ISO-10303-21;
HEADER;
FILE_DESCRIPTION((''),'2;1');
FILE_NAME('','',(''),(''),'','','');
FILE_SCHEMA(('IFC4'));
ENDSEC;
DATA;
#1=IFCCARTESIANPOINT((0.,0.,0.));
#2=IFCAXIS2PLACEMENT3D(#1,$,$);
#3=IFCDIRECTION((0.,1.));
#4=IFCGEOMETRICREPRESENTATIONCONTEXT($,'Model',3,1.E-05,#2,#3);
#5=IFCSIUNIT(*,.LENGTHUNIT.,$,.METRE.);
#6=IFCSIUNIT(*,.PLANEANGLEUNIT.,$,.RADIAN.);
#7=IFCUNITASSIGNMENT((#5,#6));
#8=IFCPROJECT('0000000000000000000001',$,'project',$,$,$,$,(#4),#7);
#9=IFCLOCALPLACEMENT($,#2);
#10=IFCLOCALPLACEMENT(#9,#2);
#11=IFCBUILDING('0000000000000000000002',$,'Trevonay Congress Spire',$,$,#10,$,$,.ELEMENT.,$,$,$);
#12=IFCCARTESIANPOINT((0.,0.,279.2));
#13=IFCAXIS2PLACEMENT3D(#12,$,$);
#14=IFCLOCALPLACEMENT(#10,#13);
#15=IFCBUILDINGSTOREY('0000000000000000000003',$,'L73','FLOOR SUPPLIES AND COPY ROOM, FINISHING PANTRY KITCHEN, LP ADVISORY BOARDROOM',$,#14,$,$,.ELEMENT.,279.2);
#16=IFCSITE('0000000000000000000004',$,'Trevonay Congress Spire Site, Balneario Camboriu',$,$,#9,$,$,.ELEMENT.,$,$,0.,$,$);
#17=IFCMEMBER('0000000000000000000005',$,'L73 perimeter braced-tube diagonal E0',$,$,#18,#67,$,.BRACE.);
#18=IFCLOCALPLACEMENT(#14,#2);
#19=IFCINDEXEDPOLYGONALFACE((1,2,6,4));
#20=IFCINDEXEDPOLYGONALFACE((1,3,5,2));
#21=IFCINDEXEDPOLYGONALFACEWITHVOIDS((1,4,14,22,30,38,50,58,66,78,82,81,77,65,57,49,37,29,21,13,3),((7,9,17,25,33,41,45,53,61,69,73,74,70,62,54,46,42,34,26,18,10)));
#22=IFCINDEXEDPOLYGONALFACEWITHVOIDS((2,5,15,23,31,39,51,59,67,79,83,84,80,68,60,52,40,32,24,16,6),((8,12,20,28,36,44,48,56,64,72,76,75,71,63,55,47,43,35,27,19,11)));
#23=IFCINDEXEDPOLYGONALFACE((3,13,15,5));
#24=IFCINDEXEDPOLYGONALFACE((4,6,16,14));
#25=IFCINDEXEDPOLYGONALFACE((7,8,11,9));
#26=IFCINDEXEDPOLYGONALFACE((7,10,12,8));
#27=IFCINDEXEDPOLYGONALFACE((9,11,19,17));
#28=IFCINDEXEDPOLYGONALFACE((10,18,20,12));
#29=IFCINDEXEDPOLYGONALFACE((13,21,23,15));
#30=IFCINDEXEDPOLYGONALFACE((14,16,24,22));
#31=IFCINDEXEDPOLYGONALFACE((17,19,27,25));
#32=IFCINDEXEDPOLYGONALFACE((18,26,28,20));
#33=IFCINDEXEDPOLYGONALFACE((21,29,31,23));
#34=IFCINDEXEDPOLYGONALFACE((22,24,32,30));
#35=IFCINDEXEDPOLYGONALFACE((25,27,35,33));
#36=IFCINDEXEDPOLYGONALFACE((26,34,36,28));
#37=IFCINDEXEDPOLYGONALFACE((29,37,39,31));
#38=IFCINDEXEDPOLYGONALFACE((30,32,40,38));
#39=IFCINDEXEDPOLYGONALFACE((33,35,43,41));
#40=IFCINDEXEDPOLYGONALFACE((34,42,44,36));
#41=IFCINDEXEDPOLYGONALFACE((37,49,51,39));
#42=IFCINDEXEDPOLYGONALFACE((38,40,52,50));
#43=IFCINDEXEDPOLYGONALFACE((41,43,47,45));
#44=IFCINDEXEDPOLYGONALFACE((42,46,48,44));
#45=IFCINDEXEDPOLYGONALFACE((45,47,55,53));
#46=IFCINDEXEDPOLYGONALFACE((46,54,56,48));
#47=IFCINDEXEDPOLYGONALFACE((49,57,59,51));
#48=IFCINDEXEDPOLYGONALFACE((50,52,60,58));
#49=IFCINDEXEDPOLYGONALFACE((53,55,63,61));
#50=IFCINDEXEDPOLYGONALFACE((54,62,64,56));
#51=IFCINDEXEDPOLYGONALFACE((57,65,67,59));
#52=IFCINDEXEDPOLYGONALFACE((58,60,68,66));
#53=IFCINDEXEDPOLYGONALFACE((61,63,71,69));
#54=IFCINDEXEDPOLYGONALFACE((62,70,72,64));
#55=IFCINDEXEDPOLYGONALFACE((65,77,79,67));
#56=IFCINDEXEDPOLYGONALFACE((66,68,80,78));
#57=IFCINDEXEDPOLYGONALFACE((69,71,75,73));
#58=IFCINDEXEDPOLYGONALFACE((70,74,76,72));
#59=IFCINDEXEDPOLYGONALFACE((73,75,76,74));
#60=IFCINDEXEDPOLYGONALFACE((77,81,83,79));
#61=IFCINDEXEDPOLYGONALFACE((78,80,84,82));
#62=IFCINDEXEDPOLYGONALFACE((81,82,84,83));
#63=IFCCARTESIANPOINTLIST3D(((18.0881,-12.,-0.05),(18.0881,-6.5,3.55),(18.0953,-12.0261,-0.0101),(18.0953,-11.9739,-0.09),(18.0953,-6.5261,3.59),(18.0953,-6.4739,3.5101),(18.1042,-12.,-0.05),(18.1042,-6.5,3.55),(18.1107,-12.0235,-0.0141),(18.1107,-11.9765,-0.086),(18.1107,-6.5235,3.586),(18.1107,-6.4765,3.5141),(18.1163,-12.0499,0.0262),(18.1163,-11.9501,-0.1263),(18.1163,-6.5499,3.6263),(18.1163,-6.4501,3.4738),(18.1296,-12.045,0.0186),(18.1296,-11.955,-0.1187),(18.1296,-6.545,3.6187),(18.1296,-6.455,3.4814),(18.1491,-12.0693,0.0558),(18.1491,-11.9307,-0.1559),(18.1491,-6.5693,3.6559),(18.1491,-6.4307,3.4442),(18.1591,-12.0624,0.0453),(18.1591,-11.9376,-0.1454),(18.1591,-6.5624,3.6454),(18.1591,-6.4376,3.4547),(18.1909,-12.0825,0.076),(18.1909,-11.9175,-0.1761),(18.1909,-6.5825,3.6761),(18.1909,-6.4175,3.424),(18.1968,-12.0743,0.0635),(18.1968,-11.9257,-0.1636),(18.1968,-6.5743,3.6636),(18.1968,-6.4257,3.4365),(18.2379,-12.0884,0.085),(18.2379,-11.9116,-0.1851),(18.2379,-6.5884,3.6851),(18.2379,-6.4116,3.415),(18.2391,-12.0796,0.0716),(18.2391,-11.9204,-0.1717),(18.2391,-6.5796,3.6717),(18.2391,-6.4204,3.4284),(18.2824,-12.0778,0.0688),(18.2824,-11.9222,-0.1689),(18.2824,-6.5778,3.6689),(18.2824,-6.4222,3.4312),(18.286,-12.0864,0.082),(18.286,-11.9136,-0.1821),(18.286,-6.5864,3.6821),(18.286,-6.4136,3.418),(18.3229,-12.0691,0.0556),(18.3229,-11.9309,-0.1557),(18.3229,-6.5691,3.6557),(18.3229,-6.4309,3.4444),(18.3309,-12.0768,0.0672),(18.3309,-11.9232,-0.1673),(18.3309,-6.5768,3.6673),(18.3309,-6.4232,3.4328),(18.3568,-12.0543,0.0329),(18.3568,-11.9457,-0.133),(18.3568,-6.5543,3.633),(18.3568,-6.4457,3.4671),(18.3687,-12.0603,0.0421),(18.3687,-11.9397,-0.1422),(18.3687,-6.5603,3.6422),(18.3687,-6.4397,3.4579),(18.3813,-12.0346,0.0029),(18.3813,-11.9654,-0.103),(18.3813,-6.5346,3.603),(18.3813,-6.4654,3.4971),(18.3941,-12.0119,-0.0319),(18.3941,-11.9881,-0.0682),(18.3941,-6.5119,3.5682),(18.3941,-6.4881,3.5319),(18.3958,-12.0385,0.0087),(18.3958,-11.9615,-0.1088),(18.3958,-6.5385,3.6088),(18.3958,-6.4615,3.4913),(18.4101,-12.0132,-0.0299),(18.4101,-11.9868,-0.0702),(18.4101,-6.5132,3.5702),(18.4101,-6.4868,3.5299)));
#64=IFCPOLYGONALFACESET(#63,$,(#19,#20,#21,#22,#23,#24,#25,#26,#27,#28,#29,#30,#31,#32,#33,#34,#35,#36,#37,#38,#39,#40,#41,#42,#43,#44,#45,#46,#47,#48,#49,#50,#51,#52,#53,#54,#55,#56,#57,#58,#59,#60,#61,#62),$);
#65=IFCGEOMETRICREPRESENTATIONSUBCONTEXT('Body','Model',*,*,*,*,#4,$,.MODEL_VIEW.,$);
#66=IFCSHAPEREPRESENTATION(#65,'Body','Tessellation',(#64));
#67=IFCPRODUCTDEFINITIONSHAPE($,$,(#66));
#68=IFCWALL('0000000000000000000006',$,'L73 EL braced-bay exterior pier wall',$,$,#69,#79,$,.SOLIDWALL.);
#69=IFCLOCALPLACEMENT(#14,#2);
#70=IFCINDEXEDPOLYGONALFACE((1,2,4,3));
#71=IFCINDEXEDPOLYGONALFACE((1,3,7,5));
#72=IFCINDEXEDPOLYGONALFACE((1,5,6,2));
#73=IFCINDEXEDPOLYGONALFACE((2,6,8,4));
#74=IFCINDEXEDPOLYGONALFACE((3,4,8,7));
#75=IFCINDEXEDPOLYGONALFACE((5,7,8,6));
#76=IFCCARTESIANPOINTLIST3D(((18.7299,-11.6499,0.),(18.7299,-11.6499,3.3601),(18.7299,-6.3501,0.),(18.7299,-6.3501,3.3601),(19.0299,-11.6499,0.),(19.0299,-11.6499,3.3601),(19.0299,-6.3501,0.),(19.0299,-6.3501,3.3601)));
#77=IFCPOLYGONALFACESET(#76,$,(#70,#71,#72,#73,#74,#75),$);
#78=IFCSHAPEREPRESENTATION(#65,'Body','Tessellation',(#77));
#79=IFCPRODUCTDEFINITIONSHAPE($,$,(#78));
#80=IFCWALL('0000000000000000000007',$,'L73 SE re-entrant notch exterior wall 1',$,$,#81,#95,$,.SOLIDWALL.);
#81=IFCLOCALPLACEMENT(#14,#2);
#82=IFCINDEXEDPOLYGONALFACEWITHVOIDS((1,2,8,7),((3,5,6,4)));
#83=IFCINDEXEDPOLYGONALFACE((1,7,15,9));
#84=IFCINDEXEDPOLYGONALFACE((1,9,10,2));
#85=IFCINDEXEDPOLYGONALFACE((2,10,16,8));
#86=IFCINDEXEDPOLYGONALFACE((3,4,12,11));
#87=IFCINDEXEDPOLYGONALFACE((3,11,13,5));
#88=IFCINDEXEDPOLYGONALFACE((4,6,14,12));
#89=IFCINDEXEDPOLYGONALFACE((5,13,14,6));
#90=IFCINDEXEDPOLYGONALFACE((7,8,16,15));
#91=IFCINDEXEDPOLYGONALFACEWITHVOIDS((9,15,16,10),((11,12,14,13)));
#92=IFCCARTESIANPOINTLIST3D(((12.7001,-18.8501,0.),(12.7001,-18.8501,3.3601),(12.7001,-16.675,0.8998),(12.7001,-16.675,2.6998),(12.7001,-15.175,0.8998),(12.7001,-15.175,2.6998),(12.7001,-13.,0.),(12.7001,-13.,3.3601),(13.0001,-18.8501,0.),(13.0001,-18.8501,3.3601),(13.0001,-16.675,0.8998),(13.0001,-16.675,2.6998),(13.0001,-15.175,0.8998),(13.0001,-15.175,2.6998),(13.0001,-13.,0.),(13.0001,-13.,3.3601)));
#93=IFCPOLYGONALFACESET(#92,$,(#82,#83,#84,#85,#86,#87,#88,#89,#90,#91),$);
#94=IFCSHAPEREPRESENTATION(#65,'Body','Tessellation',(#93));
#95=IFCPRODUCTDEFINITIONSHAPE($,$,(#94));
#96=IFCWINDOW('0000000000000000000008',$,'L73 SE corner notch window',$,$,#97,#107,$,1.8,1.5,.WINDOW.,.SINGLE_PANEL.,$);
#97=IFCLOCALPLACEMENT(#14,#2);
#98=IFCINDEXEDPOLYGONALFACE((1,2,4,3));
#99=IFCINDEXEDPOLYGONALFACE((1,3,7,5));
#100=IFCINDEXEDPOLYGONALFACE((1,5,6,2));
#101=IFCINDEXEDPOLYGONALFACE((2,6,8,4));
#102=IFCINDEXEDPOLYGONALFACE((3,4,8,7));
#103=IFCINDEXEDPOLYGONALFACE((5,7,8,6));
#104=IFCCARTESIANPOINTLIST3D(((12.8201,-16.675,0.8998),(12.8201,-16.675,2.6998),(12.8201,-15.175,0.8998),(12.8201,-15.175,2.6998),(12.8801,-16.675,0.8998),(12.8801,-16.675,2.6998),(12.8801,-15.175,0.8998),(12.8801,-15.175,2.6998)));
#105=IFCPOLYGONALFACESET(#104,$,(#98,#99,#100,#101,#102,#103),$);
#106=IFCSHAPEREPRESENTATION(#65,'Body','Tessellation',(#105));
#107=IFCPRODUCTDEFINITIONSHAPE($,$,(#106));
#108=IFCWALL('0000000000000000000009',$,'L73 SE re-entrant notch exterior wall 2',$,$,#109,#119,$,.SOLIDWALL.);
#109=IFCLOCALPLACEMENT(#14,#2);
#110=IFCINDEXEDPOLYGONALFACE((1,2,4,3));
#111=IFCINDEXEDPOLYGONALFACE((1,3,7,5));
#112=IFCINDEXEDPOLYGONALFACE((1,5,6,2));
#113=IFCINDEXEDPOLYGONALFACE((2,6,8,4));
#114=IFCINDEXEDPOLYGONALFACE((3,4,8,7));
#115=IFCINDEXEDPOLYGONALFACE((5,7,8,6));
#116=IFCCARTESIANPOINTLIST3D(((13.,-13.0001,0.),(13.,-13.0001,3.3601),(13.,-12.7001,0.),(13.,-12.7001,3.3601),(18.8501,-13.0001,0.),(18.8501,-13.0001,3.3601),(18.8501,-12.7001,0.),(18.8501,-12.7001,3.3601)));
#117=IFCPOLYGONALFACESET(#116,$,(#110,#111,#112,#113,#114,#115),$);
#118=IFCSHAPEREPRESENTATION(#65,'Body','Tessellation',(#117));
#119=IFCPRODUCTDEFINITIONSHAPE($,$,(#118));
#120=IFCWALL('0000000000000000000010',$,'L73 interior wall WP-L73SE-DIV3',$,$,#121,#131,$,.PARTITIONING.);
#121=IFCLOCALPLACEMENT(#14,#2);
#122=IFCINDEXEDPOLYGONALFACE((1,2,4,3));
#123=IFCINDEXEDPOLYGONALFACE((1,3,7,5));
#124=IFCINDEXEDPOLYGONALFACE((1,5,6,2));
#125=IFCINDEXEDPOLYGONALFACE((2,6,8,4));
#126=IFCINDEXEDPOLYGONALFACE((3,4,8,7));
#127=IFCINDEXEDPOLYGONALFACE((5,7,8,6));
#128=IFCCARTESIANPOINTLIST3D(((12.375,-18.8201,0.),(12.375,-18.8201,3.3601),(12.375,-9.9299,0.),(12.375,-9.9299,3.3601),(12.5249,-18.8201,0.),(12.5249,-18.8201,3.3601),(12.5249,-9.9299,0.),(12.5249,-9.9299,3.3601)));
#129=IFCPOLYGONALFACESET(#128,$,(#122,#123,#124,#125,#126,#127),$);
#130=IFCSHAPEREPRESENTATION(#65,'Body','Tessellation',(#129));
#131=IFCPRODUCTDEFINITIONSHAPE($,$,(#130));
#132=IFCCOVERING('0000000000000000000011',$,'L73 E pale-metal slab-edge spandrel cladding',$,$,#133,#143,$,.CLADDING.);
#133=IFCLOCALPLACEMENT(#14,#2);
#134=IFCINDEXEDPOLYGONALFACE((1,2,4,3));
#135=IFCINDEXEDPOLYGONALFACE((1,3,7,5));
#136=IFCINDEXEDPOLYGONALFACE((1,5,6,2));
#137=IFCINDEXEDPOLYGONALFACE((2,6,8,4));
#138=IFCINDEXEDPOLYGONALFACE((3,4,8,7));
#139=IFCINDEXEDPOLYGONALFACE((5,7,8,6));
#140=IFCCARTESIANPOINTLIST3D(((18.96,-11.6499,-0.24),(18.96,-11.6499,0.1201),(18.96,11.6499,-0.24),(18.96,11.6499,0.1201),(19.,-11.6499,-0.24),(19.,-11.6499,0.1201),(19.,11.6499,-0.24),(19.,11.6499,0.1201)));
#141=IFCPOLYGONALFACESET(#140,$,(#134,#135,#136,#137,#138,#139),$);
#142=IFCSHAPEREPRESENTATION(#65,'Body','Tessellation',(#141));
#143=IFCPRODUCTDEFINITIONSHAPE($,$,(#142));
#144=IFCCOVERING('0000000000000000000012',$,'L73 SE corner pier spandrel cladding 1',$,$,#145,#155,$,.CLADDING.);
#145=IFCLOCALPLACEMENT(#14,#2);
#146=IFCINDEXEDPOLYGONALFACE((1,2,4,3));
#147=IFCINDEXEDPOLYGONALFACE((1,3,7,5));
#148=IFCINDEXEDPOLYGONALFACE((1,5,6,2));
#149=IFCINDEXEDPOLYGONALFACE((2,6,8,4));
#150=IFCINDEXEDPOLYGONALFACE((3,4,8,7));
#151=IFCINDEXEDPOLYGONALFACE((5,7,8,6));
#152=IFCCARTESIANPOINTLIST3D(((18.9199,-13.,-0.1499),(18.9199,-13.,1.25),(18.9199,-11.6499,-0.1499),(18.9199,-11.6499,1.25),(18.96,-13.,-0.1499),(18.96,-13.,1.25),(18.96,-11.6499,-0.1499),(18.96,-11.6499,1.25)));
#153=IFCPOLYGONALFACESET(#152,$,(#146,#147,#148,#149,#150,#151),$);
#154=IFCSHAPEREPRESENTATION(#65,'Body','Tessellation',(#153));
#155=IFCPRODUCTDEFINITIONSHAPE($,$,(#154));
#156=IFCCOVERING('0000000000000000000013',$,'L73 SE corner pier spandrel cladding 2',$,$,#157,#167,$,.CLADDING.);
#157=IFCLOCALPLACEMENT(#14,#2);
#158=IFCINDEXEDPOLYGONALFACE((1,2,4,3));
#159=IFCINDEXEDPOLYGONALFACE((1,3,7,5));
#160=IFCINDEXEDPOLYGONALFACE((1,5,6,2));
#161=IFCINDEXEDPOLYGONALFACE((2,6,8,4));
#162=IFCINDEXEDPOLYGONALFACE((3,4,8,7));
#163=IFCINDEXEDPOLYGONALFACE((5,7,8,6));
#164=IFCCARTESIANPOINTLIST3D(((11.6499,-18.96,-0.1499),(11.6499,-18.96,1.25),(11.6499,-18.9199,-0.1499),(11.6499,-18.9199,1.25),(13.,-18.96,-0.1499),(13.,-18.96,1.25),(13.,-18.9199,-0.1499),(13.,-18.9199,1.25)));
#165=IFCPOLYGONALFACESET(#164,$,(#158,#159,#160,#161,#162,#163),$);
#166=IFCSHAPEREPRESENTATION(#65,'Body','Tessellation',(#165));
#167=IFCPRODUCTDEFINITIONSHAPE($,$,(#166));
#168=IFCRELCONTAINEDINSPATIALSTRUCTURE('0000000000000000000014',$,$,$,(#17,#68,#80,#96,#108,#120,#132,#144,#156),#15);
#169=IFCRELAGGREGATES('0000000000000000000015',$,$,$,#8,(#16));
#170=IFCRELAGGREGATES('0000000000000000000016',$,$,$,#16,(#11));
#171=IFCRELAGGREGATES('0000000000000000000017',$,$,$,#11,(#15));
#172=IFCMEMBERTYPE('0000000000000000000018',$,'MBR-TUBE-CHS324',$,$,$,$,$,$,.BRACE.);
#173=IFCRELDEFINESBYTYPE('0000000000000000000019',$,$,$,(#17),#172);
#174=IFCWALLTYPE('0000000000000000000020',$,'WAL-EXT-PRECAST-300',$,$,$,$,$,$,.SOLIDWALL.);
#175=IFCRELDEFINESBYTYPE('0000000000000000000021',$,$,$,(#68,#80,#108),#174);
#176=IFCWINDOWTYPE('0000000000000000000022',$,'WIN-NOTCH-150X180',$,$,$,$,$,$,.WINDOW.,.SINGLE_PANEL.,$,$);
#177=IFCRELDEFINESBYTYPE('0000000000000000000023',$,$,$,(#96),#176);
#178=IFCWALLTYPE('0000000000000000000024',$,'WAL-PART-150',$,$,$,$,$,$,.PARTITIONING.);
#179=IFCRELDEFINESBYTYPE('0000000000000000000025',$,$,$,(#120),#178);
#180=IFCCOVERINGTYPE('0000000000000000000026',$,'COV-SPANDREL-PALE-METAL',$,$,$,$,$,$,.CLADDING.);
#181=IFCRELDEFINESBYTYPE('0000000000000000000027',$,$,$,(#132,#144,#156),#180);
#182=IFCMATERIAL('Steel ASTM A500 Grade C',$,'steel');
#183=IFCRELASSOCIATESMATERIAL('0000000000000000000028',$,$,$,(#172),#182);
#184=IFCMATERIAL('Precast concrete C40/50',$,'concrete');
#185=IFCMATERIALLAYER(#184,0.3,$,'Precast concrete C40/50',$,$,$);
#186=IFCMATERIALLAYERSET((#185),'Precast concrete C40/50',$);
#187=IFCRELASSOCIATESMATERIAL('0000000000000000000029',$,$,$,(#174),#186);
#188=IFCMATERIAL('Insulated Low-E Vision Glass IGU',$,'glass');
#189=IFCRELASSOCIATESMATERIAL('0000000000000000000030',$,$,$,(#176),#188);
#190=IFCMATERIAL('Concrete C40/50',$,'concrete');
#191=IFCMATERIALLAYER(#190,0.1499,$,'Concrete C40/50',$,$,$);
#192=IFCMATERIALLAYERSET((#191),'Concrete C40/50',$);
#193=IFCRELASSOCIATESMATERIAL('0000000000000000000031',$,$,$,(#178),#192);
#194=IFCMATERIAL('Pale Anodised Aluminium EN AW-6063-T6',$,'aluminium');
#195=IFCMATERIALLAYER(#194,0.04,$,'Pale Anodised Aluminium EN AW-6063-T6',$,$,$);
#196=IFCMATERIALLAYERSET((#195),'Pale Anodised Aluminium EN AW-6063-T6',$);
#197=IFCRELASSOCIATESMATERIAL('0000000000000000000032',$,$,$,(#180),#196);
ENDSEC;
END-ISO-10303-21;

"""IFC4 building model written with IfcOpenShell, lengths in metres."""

from ifc_helpers import new_model, si_unit, direction, frame, frame_2d, origin, origin_2d, place, context, subcontext, project, spatial, rectangle, hollow_circle, extrude, material, layer, layer_set, material_profile, profile_set, type_object, element, fill, save


model = new_model("IFC4")

# Units and contexts
model_context = context("Model", 3, precision=1e-05, world=origin(), true_north=direction((0.0, 1.0)))
body_context = subcontext(model_context, "Body", "Model", "MODEL_VIEW")
ifc_project = project(units=[si_unit("LENGTHUNIT", "METRE"), si_unit("PLANEANGLEUNIT", "RADIAN")], contexts=[model_context])

# Site, building, storey
site_placement = place(None, origin())
site = spatial("IfcSite", under=ifc_project, at=site_placement, Name="Trevonay Congress Spire Site, Balneario Camboriu", CompositionType="ELEMENT", RefElevation=0.0)
building_placement = place(site_placement, origin())
building = spatial("IfcBuilding", under=site, at=building_placement, Name="Trevonay Congress Spire", CompositionType="ELEMENT")
storey_placement = place(building_placement, frame((0.0, 0.0, 279.2)))
storey = spatial("IfcBuildingStorey", under=building, at=storey_placement, Name="L73", Description="FLOOR SUPPLIES AND COPY ROOM, FINISHING PANTRY KITCHEN, LP ADVISORY BOARDROOM", CompositionType="ELEMENT", Elevation=279.2)

# Member
ifc_material_1 = material(Name="Steel ASTM A500 Grade C", Category="steel")
ifc_material_profile_1 = material_profile(ifc_material_1, hollow_circle(Radius=0.1619, WallThickness=0.0161, at=origin_2d()), Name="CHS 323.9x16")
ifc_profile_set_1 = profile_set([ifc_material_profile_1], Name="Steel ASTM A500 Grade C")
member_type = type_object("IfcMemberType", Name="MBR-TUBE-CHS324", PredefinedType="BRACE", material=ifc_profile_set_1)
for number, where, z_axis, x_axis, name in (
    (1, (18.25, -12.0, -0.05), (0.0, 0.836695, 0.54767), (-1.0, 0.0, 0.0), "L73 perimeter braced-tube diagonal E0"),
):
    element("IfcMember", number, at=place(storey_placement, frame(where, z_axis=z_axis, x_axis=x_axis)), inside=storey, type_object=member_type, Name=name, PredefinedType="BRACE", context=body_context, shape_type="SweptSolid", body=[
        extrude(hollow_circle(Radius=0.1619, WallThickness=0.0161, at=origin_2d()), origin(), (0.0, 0.0, 1.0), 6.5735),
    ])

# Wall
ifc_material_2 = material(Name="Precast concrete C40/50", Category="concrete")
ifc_layer_1 = layer(ifc_material_2, 0.3, Name="Precast concrete C40/50")
ifc_layer_set_1 = layer_set([ifc_layer_1], Name="Precast concrete C40/50")
wall_type_1 = type_object("IfcWallType", Name="WAL-EXT-PRECAST-300", PredefinedType="SOLIDWALL", material=ifc_layer_set_1)
wall_1_placement = place(storey_placement, frame((18.8799, -11.6499, 0.0), z_axis=(0.0, 0.0, 1.0), x_axis=(0.0, 1.0, 0.0)))
element("IfcWall", 2, at=wall_1_placement, inside=storey, type_object=wall_type_1, Name="L73 EL braced-bay exterior pier wall", PredefinedType="SOLIDWALL", context=body_context, shape_type="SweptSolid", body=[
    extrude(rectangle(XDim=5.2998, YDim=0.3, at=frame_2d((2.6499, 0.0))), origin(), (0.0, 0.0, 1.0), 3.3601),
])

# Wall, opening, window
wall_2_placement = place(storey_placement, frame((12.8501, -18.8501, 0.0), z_axis=(0.0, 0.0, 1.0), x_axis=(0.0, 1.0, 0.0)))
wall_2 = element("IfcWall", 3, at=wall_2_placement, inside=storey, type_object=wall_type_1, Name="L73 SE re-entrant notch exterior wall 1", PredefinedType="SOLIDWALL", context=body_context, shape_type="SweptSolid", body=[
    extrude(rectangle(XDim=5.8501, YDim=0.3, at=frame_2d((2.925, 0.0))), origin(), (0.0, 0.0, 1.0), 3.3601),
])
opening_placement = place(wall_2_placement, frame((2.175, 0.0, 0.8999)))
opening = element("IfcOpeningElement", 4, at=opening_placement, cuts=wall_2, PredefinedType="OPENING", context=body_context, shape_type="SweptSolid", body=[
    extrude(rectangle(XDim=1.5, YDim=1.8, at=frame_2d((0.75, 0.8999))), frame((0.0, 0.1602, 0.0), z_axis=(0.0, -1.0, 0.0), x_axis=(1.0, 0.0, 0.0)), (0.0, 0.0, 1.0), 0.3201),
])
ifc_material_3 = material(Name="Insulated Low-E Vision Glass IGU", Category="glass")
window_type = type_object("IfcWindowType", Name="WIN-NOTCH-150X180", PartitioningType="SINGLE_PANEL", PredefinedType="WINDOW", material=ifc_material_3)
window_placement = place(opening_placement, origin())
window = element("IfcWindow", 5, at=window_placement, inside=storey, type_object=window_type, Name="L73 SE corner notch window", OverallHeight=1.8, OverallWidth=1.5, PartitioningType="SINGLE_PANEL", PredefinedType="WINDOW", context=body_context, shape_type="SweptSolid", body=[
    extrude(rectangle(XDim=1.5, YDim=1.8, at=frame_2d((0.75, 0.8999))), frame((0.0, 0.03, 0.0), z_axis=(0.0, -1.0, 0.0), x_axis=(1.0, 0.0, 0.0)), (0.0, 0.0, 1.0), 0.0601),
])
fill(opening, window)

# Walls
wall_3_placement = place(storey_placement, frame((18.8501, -12.8501, 0.0), z_axis=(0.0, 0.0, 1.0), x_axis=(-1.0, 0.0, 0.0)))
element("IfcWall", 6, at=wall_3_placement, inside=storey, type_object=wall_type_1, Name="L73 SE re-entrant notch exterior wall 2", PredefinedType="SOLIDWALL", context=body_context, shape_type="SweptSolid", body=[
    extrude(rectangle(XDim=5.8501, YDim=0.3, at=frame_2d((2.925, 0.0))), origin(), (0.0, 0.0, 1.0), 3.3601),
])
ifc_material_4 = material(Name="Concrete C40/50", Category="concrete")
ifc_layer_2 = layer(ifc_material_4, 0.1499, Name="Concrete C40/50")
ifc_layer_set_2 = layer_set([ifc_layer_2], Name="Concrete C40/50")
wall_type_2 = type_object("IfcWallType", Name="WAL-PART-150", PredefinedType="PARTITIONING", material=ifc_layer_set_2)
wall_4_placement = place(storey_placement, frame((12.45, -18.8201, 0.0), z_axis=(0.0, 0.0, 1.0), x_axis=(0.0, 1.0, 0.0)))
element("IfcWall", 7, at=wall_4_placement, inside=storey, type_object=wall_type_2, Name="L73 interior wall WP-L73SE-DIV3", PredefinedType="PARTITIONING", context=body_context, shape_type="SweptSolid", body=[
    extrude(rectangle(XDim=8.8901, YDim=0.1499, at=frame_2d((4.4451, 0.0))), origin(), (0.0, 0.0, 1.0), 3.3601),
])

# Coverings
ifc_material_5 = material(Name="Pale Anodised Aluminium EN AW-6063-T6", Category="aluminium")
ifc_layer_3 = layer(ifc_material_5, 0.04, Name="Pale Anodised Aluminium EN AW-6063-T6")
ifc_layer_set_3 = layer_set([ifc_layer_3], Name="Pale Anodised Aluminium EN AW-6063-T6")
covering_type = type_object("IfcCoveringType", Name="COV-SPANDREL-PALE-METAL", PredefinedType="CLADDING", material=ifc_layer_set_3)
covering_placement = place(storey_placement, frame((18.98, -11.6499, -0.24), z_axis=(0.0, 0.0, 1.0), x_axis=(0.0, 1.0, 0.0)))
element("IfcCovering", 8, at=covering_placement, inside=storey, type_object=covering_type, Name="L73 E pale-metal slab-edge spandrel cladding", PredefinedType="CLADDING", context=body_context, shape_type="SweptSolid", body=[
    extrude(rectangle(XDim=23.2998, YDim=0.04, at=frame_2d((11.6499, 0.0))), origin(), (0.0, 0.0, 1.0), 0.3601),
])
for number, where, z_axis, x_axis, name in (
    (9, (18.9399, -11.6499, -0.1499), (0.0, 0.0, 1.0), (0.0, -1.0, 0.0), "L73 SE corner pier spandrel cladding 1"),
    (10, (11.6499, -18.9399, -0.1499), (0.0, 0.0, 1.0), (1.0, 0.0, 0.0), "L73 SE corner pier spandrel cladding 2"),
):
    element("IfcCovering", number, at=place(storey_placement, frame(where, z_axis=z_axis, x_axis=x_axis)), inside=storey, type_object=covering_type, Name=name, PredefinedType="CLADDING", context=body_context, shape_type="SweptSolid", body=[
        extrude(rectangle(XDim=1.3501, YDim=0.04, at=frame_2d((0.675, 0.0))), origin(), (0.0, 0.0, 1.0), 1.3999),
    ])

save(model, "model.ifc")
